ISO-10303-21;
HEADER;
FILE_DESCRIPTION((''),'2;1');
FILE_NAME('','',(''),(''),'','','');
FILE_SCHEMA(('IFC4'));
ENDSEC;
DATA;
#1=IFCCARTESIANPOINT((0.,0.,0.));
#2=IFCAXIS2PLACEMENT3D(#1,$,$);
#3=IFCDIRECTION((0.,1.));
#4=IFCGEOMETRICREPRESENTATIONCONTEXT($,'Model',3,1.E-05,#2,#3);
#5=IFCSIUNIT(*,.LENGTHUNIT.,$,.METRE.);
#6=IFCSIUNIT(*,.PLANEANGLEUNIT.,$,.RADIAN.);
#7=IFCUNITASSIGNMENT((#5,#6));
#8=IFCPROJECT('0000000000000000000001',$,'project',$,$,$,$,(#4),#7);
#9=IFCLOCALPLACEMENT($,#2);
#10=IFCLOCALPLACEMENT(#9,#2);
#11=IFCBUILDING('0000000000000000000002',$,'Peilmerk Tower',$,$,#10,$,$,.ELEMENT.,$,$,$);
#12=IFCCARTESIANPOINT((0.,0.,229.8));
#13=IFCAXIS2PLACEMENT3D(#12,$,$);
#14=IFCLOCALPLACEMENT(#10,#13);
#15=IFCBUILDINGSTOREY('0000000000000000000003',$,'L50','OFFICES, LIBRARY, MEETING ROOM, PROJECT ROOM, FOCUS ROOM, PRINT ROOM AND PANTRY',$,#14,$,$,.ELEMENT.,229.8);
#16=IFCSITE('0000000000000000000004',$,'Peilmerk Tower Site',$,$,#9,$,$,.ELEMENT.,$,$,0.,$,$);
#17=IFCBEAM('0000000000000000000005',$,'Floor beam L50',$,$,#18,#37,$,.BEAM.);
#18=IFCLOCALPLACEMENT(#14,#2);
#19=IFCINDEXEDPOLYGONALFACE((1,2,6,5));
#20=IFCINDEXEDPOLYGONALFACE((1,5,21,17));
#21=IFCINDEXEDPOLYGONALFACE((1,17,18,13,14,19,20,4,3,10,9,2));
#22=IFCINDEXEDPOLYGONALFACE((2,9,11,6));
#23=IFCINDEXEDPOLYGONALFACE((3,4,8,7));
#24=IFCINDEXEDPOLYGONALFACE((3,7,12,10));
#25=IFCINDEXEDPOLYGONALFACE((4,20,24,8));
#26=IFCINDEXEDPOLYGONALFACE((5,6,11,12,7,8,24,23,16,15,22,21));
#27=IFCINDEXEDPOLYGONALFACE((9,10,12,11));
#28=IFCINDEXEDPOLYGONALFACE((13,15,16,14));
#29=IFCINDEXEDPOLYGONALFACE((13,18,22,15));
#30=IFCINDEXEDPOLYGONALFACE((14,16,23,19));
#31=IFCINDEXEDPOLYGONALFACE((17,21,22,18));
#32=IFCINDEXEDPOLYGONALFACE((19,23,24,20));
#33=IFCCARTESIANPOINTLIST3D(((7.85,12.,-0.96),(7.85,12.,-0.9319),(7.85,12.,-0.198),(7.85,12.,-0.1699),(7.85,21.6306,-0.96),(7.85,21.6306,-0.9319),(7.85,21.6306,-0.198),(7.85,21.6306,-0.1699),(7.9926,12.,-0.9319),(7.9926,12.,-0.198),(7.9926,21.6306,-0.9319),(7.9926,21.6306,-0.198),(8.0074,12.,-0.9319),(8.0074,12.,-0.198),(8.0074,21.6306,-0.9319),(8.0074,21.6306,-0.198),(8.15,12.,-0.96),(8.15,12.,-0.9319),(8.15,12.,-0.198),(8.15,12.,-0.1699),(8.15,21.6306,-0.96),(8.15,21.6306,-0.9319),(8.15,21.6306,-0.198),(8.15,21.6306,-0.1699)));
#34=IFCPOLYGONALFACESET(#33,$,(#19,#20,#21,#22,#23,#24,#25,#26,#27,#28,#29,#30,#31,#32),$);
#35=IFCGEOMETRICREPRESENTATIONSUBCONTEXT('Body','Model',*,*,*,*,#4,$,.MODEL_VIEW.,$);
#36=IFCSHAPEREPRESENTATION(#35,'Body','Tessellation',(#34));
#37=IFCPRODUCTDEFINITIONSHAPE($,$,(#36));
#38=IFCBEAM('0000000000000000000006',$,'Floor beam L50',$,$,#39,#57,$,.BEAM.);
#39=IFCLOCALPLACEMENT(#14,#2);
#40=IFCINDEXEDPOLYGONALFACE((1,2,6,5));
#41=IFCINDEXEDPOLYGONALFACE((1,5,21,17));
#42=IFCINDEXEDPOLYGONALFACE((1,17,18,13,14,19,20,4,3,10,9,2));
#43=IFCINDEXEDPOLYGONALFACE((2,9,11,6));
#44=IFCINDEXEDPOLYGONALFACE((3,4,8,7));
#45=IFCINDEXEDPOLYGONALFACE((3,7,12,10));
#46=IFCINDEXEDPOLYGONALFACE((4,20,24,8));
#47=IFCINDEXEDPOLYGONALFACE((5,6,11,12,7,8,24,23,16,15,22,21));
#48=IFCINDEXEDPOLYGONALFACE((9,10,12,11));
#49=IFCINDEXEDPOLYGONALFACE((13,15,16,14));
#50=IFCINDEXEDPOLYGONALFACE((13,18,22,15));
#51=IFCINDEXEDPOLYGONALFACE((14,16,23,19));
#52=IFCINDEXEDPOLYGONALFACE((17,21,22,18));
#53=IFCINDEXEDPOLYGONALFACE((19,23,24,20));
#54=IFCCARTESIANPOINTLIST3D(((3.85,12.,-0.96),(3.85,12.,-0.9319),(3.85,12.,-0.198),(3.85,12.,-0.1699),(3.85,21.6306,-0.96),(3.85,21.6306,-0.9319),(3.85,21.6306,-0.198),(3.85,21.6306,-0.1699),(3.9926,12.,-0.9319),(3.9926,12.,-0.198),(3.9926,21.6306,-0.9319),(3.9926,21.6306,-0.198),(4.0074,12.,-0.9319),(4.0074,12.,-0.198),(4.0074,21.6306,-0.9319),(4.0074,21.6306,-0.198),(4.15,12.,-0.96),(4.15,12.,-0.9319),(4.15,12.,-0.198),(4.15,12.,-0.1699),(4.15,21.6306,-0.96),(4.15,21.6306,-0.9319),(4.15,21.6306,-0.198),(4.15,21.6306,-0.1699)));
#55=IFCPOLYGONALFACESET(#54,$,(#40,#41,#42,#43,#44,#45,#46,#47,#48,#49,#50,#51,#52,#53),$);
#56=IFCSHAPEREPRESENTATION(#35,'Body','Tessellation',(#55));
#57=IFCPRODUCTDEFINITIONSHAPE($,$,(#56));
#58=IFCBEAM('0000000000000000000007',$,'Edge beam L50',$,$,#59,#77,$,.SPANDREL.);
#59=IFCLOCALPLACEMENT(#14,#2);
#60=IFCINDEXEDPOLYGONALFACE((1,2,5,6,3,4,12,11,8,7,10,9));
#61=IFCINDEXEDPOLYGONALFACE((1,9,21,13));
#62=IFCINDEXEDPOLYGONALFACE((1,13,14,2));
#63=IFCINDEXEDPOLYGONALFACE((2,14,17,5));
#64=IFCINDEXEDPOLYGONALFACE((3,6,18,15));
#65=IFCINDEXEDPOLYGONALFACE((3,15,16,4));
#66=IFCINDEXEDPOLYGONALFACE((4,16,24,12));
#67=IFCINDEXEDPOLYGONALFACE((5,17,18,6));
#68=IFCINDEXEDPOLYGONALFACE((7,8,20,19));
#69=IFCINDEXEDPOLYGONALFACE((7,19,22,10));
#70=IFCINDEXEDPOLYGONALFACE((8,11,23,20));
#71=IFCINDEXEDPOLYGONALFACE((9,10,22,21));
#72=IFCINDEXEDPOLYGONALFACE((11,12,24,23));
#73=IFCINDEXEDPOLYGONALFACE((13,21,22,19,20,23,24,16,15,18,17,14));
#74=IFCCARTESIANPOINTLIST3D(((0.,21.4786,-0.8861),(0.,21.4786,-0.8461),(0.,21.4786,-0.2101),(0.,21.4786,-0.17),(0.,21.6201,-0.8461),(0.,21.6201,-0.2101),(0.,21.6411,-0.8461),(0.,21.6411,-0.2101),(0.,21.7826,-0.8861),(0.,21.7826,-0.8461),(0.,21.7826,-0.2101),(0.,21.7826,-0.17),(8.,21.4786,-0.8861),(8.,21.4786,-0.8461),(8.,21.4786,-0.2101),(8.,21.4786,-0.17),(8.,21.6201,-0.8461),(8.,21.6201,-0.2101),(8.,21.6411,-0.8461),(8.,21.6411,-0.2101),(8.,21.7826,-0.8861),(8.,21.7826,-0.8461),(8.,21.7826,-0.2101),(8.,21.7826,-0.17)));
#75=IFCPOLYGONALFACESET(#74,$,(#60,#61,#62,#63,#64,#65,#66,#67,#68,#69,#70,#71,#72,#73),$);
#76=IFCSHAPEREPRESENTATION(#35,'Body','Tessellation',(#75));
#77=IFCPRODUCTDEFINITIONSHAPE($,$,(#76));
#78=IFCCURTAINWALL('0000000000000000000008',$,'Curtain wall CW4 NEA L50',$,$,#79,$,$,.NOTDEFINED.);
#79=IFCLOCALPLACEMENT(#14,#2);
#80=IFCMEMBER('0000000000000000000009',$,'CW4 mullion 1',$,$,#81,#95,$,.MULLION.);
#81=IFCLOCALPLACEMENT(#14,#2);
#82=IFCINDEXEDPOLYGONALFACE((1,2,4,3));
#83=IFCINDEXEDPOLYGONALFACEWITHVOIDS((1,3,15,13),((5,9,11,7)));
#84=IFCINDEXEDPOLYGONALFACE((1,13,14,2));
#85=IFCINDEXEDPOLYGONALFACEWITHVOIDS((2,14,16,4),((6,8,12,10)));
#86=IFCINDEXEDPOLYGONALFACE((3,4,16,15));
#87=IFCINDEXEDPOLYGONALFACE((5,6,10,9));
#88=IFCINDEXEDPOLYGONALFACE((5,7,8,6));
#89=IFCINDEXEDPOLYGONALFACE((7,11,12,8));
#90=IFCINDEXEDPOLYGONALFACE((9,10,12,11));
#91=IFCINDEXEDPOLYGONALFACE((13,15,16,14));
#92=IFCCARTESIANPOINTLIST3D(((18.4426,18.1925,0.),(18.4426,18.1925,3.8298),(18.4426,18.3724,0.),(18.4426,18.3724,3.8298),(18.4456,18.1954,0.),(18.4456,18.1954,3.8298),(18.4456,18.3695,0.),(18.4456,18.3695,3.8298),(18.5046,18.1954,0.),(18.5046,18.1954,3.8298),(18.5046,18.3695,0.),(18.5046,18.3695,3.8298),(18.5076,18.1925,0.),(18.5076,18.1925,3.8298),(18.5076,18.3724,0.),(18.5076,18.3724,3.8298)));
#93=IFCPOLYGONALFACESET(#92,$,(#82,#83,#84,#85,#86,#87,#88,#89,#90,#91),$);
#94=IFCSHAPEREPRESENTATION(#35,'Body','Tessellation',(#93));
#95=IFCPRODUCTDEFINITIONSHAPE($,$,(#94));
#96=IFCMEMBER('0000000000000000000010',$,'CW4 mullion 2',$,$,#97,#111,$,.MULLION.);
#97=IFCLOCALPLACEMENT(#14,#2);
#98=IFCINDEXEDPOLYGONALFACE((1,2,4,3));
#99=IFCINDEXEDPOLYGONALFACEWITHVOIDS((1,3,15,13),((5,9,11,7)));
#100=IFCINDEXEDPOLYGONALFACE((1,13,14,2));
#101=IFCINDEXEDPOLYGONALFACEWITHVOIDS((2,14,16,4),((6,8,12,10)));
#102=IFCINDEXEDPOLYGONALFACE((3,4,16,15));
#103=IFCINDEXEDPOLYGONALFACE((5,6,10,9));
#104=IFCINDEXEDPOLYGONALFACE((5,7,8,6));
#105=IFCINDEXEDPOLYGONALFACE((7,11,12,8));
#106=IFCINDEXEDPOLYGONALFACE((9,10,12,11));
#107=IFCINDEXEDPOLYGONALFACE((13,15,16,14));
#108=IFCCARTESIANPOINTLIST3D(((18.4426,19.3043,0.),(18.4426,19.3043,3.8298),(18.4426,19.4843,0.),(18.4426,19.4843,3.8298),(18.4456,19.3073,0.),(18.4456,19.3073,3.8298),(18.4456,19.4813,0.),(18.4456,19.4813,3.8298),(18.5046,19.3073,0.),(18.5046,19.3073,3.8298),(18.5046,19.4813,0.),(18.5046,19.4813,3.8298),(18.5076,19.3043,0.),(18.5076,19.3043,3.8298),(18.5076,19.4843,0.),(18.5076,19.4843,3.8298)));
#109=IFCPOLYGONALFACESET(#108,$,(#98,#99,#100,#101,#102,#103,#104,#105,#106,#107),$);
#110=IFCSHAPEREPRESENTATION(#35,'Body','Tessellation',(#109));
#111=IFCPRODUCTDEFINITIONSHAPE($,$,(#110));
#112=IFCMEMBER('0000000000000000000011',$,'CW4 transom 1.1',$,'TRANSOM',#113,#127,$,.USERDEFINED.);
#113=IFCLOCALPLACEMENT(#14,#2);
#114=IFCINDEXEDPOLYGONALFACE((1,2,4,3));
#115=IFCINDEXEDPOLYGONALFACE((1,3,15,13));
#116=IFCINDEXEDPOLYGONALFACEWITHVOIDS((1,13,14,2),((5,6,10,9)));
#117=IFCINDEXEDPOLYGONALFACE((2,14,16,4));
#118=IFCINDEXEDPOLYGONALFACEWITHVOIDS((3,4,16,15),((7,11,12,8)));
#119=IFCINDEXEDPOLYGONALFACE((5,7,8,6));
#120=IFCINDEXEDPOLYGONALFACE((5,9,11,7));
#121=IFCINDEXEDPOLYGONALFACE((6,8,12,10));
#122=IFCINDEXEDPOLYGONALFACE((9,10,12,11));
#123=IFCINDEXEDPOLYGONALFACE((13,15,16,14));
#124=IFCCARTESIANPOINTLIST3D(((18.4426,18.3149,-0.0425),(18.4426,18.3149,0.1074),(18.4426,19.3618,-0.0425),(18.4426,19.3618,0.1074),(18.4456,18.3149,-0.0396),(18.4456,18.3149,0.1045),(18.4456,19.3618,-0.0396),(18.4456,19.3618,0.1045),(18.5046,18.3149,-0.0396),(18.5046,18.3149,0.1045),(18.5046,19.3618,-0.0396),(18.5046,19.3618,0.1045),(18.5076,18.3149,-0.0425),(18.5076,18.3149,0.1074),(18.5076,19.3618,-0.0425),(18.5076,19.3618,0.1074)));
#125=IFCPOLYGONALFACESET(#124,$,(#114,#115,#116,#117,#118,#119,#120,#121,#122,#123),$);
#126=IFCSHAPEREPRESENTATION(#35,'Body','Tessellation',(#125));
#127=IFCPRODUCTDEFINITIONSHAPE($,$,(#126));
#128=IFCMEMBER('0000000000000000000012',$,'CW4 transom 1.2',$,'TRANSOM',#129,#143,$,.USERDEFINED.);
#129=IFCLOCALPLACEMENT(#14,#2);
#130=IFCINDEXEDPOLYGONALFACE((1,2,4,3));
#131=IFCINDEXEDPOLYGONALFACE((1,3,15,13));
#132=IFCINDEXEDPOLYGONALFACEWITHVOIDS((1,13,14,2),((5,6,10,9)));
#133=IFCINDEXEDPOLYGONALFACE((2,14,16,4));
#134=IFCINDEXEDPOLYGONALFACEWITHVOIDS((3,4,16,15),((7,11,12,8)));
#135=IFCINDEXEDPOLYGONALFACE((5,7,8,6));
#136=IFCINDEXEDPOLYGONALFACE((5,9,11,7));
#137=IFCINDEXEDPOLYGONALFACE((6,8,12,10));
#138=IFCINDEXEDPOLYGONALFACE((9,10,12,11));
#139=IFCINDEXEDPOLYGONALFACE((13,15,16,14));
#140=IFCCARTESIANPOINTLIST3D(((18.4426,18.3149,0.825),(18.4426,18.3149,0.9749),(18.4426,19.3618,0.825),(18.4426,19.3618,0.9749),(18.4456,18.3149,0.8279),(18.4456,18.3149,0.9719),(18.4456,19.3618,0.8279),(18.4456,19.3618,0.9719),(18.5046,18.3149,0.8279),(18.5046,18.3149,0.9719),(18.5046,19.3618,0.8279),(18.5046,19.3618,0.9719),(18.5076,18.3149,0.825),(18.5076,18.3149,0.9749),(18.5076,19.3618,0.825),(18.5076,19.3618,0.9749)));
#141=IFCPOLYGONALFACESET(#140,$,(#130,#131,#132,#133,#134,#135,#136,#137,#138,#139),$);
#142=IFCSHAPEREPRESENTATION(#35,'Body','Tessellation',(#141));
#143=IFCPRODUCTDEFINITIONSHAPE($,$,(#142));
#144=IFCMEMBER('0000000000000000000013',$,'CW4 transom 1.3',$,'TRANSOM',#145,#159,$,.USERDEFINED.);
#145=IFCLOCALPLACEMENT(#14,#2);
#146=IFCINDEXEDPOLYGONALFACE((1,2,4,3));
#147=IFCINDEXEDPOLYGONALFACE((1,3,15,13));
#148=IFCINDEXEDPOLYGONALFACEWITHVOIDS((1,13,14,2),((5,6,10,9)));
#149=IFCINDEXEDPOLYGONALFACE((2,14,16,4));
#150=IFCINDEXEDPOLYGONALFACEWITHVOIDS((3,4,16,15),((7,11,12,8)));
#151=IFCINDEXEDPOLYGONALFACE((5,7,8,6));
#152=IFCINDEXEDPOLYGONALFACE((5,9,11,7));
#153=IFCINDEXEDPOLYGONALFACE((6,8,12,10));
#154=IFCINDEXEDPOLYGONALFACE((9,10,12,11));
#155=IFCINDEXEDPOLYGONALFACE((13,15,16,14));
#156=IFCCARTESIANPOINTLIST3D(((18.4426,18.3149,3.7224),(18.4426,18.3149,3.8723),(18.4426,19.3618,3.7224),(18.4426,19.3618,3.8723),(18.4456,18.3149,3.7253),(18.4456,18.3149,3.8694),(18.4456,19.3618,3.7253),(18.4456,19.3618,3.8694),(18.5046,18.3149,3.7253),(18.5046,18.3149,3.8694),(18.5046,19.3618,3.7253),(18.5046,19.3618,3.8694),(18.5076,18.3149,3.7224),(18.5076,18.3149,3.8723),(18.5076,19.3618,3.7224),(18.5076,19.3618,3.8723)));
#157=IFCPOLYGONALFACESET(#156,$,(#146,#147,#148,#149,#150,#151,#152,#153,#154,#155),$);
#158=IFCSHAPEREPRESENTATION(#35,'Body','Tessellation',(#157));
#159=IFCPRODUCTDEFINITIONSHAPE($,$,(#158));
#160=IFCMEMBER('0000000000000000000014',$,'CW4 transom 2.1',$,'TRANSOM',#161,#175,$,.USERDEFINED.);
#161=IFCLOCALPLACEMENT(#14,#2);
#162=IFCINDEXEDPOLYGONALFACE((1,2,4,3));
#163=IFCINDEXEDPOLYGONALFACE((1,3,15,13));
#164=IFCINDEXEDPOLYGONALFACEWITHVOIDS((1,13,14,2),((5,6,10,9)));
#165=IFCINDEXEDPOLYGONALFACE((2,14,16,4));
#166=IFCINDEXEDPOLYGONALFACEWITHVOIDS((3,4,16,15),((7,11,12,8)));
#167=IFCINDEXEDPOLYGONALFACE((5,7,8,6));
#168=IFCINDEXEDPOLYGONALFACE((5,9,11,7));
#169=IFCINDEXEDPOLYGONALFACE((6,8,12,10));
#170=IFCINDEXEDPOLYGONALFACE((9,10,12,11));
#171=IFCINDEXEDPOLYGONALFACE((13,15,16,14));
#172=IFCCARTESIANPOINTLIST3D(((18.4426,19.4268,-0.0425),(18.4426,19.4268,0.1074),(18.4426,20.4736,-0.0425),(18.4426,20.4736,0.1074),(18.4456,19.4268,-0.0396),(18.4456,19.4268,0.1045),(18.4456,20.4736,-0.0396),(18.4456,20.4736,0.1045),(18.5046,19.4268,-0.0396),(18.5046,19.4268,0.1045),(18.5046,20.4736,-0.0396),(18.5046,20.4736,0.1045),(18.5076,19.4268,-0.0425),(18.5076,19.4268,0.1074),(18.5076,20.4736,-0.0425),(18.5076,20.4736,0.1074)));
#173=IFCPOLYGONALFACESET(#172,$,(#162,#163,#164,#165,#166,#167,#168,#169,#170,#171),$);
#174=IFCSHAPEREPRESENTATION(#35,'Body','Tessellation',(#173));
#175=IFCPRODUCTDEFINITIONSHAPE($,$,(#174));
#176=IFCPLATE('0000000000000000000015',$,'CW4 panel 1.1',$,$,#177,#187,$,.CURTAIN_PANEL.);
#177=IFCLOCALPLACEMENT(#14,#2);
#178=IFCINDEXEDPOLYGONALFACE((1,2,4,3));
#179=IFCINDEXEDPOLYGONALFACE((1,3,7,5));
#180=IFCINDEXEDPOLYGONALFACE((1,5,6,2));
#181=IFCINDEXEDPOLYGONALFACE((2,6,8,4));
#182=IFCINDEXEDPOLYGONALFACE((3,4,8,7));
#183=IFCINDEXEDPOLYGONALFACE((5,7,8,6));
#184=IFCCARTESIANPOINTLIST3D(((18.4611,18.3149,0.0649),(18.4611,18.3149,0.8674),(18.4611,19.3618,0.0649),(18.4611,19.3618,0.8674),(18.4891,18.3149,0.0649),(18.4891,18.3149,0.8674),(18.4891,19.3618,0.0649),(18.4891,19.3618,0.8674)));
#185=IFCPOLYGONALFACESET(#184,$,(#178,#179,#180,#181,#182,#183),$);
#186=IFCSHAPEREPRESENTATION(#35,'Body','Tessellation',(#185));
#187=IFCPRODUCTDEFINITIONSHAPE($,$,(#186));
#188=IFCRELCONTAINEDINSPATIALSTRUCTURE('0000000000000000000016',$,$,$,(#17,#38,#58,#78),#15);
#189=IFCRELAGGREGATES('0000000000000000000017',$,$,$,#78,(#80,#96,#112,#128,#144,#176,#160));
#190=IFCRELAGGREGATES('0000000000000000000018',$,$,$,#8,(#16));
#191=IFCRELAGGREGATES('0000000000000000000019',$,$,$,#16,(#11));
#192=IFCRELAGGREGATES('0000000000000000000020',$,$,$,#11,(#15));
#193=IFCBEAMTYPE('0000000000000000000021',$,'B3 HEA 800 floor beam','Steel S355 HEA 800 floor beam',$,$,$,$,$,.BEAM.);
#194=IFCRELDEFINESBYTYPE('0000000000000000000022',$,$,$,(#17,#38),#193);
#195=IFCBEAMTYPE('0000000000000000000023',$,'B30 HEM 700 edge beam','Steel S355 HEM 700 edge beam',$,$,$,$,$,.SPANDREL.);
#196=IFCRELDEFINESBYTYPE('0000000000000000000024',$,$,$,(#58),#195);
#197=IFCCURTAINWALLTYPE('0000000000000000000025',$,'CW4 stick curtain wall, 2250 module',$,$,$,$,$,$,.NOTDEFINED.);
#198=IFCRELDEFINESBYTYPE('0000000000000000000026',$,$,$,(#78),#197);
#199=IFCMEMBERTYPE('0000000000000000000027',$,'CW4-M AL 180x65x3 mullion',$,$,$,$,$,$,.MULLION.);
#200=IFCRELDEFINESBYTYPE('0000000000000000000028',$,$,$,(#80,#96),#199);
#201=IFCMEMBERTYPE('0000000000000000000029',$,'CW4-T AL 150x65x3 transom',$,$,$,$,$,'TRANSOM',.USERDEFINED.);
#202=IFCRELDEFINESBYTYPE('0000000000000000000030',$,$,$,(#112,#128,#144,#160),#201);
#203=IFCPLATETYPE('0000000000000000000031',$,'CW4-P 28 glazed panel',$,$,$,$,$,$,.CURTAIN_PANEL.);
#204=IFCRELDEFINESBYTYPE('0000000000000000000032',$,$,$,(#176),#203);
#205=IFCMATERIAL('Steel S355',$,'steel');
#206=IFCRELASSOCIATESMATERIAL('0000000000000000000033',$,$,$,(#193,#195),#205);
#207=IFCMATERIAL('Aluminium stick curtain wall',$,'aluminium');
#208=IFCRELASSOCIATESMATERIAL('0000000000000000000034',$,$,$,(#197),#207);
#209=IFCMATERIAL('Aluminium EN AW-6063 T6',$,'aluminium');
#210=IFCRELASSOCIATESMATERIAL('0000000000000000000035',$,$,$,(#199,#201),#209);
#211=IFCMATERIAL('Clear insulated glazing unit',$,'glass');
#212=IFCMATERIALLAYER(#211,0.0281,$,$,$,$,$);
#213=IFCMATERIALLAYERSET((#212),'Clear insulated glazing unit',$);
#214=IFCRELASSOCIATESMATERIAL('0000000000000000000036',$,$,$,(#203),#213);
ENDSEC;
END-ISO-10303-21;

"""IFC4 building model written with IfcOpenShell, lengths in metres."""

from ifc_helpers import new_model, si_unit, direction, frame, origin, origin_2d, place, context, subcontext, project, spatial, rectangle, hollow_rectangle, i_section, extrude, material, layer, layer_set, material_profile, profile_set, type_object, element, aggregate, save


model = new_model("IFC4")

# Units and contexts
model_context = context("Model", 3, precision=1e-05, world=origin(), true_north=direction((0.0, 1.0)))
body_context = subcontext(model_context, "Body", "Model", "MODEL_VIEW")
ifc_project = project(units=[si_unit("LENGTHUNIT", "METRE"), si_unit("PLANEANGLEUNIT", "RADIAN")], contexts=[model_context])

# Site, building, storey
site_placement = place(None, origin())
site = spatial("IfcSite", under=ifc_project, at=site_placement, Name="Peilmerk Tower Site", CompositionType="ELEMENT", RefElevation=0.0)
building_placement = place(site_placement, origin())
building = spatial("IfcBuilding", under=site, at=building_placement, Name="Peilmerk Tower", CompositionType="ELEMENT")
storey_placement = place(building_placement, frame((0.0, 0.0, 229.8)))
storey = spatial("IfcBuildingStorey", under=building, at=storey_placement, Name="L50", Description="OFFICES, LIBRARY, MEETING ROOM, PROJECT ROOM, FOCUS ROOM, PRINT ROOM AND PANTRY", CompositionType="ELEMENT", Elevation=229.8)

# Beams
ifc_material_1 = material(Name="Steel S355", Category="steel")
ifc_material_profile_1 = material_profile(ifc_material_1, i_section(OverallWidth=0.3, OverallDepth=0.79, WebThickness=0.0149, FlangeThickness=0.0281, at=origin_2d()), Name="HEA 800")
ifc_profile_set_1 = profile_set([ifc_material_profile_1], Name="Steel S355")
beam_type_1 = type_object("IfcBeamType", Name="B3 HEA 800 floor beam", Description="Steel S355 HEA 800 floor beam", PredefinedType="BEAM", material=ifc_profile_set_1)
for number, where, z_axis, x_axis, name in (
    (1, (8.0, 12.0, -0.5649), (0.0, 1.0, 0.0), (-1.0, 0.0, 0.0), "Floor beam L50"),
    (2, (4.0, 12.0, -0.5649), (0.0, 1.0, 0.0), (-1.0, 0.0, 0.0), "Floor beam L50"),
):
    element("IfcBeam", number, at=place(storey_placement, frame(where, z_axis=z_axis, x_axis=x_axis)), inside=storey, type_object=beam_type_1, Name=name, PredefinedType="BEAM", context=body_context, shape_type="SweptSolid", body=[
        extrude(i_section(OverallWidth=0.3, OverallDepth=0.79, WebThickness=0.0149, FlangeThickness=0.0281, at=origin_2d()), origin(), (0.0, 0.0, 1.0), 9.6306),
    ])
ifc_material_profile_2 = material_profile(ifc_material_1, i_section(OverallWidth=0.304, OverallDepth=0.7161, WebThickness=0.021, FlangeThickness=0.04, at=origin_2d()), Name="HEM 700")
ifc_profile_set_2 = profile_set([ifc_material_profile_2], Name="Steel S355")
beam_type_2 = type_object("IfcBeamType", Name="B30 HEM 700 edge beam", Description="Steel S355 HEM 700 edge beam", PredefinedType="SPANDREL", material=ifc_profile_set_2)
beam_1_placement = place(storey_placement, frame((8.0, 21.6306, -0.5281), z_axis=(-1.0, 0.0, 0.0), x_axis=(0.0, -1.0, 0.0)))
element("IfcBeam", 3, at=beam_1_placement, inside=storey, type_object=beam_type_2, Name="Edge beam L50", PredefinedType="SPANDREL", context=body_context, shape_type="SweptSolid", body=[
    extrude(i_section(OverallWidth=0.304, OverallDepth=0.7161, WebThickness=0.021, FlangeThickness=0.04, at=origin_2d()), origin(), (0.0, 0.0, 1.0), 8.0),
])

# Curtain wall, members, plate
ifc_material_2 = material(Name="Aluminium stick curtain wall", Category="aluminium")
curtain_wall_type = type_object("IfcCurtainWallType", Name="CW4 stick curtain wall, 2250 module", PredefinedType="NOTDEFINED", material=ifc_material_2)
curtain_wall_placement = place(storey_placement, origin())
curtain_wall = element("IfcCurtainWall", 4, at=curtain_wall_placement, inside=storey, type_object=curtain_wall_type, Name="Curtain wall CW4 NEA L50", PredefinedType="NOTDEFINED")
ifc_material_3 = material(Name="Aluminium EN AW-6063 T6", Category="aluminium")
ifc_material_profile_3 = material_profile(ifc_material_3, hollow_rectangle(XDim=0.0649, YDim=0.1799, WallThickness=0.0029, at=origin_2d()), Name="AL 180x65x3")
ifc_profile_set_3 = profile_set([ifc_material_profile_3], Name="Aluminium EN AW-6063 T6")
member_type_1 = type_object("IfcMemberType", Name="CW4-M AL 180x65x3 mullion", PredefinedType="MULLION", material=ifc_profile_set_3)
member_1_placement = place(storey_placement, frame((18.4751, 18.2825, 0.0), z_axis=(0.0, 0.0, 1.0), x_axis=(-1.0, 0.0, 0.0)))
member_1 = element("IfcMember", 5, at=member_1_placement, type_object=member_type_1, Name="CW4 mullion 1", PredefinedType="MULLION", context=body_context, shape_type="SweptSolid", body=[
    extrude(hollow_rectangle(XDim=0.0649, YDim=0.1799, WallThickness=0.0029, at=origin_2d()), origin(), (0.0, 0.0, 1.0), 3.8298),
])
member_2_placement = place(storey_placement, frame((18.4751, 19.3943, 0.0), z_axis=(0.0, 0.0, 1.0), x_axis=(-1.0, 0.0, 0.0)))
member_2 = element("IfcMember", 6, at=member_2_placement, type_object=member_type_1, Name="CW4 mullion 2", PredefinedType="MULLION", context=body_context, shape_type="SweptSolid", body=[
    extrude(hollow_rectangle(XDim=0.0649, YDim=0.1799, WallThickness=0.0029, at=origin_2d()), origin(), (0.0, 0.0, 1.0), 3.8298),
])
ifc_material_profile_4 = material_profile(ifc_material_3, hollow_rectangle(XDim=0.0649, YDim=0.1499, WallThickness=0.0029, at=origin_2d()), Name="AL 150x65x3")
ifc_profile_set_4 = profile_set([ifc_material_profile_4], Name="Aluminium EN AW-6063 T6")
member_type_2 = type_object("IfcMemberType", Name="CW4-T AL 150x65x3 transom", ElementType="TRANSOM", PredefinedType="USERDEFINED", material=ifc_profile_set_4)
member_3_placement = place(storey_placement, frame((18.4751, 18.3149, 0.0325), z_axis=(0.0, 1.0, 0.0), x_axis=(-1.0, 0.0, 0.0)))
member_3 = element("IfcMember", 7, at=member_3_placement, type_object=member_type_2, Name="CW4 transom 1.1", ObjectType="TRANSOM", PredefinedType="USERDEFINED", context=body_context, shape_type="SweptSolid", body=[
    extrude(hollow_rectangle(XDim=0.0649, YDim=0.1499, WallThickness=0.0029, at=origin_2d()), origin(), (0.0, 0.0, 1.0), 1.0469),
])
member_4_placement = place(storey_placement, frame((18.4751, 18.3149, 0.8999), z_axis=(0.0, 1.0, 0.0), x_axis=(-1.0, 0.0, 0.0)))
member_4 = element("IfcMember", 8, at=member_4_placement, type_object=member_type_2, Name="CW4 transom 1.2", ObjectType="TRANSOM", PredefinedType="USERDEFINED", context=body_context, shape_type="SweptSolid", body=[
    extrude(hollow_rectangle(XDim=0.0649, YDim=0.1499, WallThickness=0.0029, at=origin_2d()), origin(), (0.0, 0.0, 1.0), 1.0469),
])
member_5_placement = place(storey_placement, frame((18.4751, 18.3149, 3.7974), z_axis=(0.0, 1.0, 0.0), x_axis=(-1.0, 0.0, 0.0)))
member_5 = element("IfcMember", 9, at=member_5_placement, type_object=member_type_2, Name="CW4 transom 1.3", ObjectType="TRANSOM", PredefinedType="USERDEFINED", context=body_context, shape_type="SweptSolid", body=[
    extrude(hollow_rectangle(XDim=0.0649, YDim=0.1499, WallThickness=0.0029, at=origin_2d()), origin(), (0.0, 0.0, 1.0), 1.0469),
])
member_6_placement = place(storey_placement, frame((18.4751, 19.4268, 0.0325), z_axis=(0.0, 1.0, 0.0), x_axis=(-1.0, 0.0, 0.0)))
member_6 = element("IfcMember", 10, at=member_6_placement, type_object=member_type_2, Name="CW4 transom 2.1", ObjectType="TRANSOM", PredefinedType="USERDEFINED", context=body_context, shape_type="SweptSolid", body=[
    extrude(hollow_rectangle(XDim=0.0649, YDim=0.1499, WallThickness=0.0029, at=origin_2d()), origin(), (0.0, 0.0, 1.0), 1.0469),
])
ifc_material_4 = material(Name="Clear insulated glazing unit", Category="glass")
ifc_layer_1 = layer(ifc_material_4, 0.0281)
ifc_layer_set_1 = layer_set([ifc_layer_1], Name="Clear insulated glazing unit")
plate_type = type_object("IfcPlateType", Name="CW4-P 28 glazed panel", PredefinedType="CURTAIN_PANEL", material=ifc_layer_set_1)
plate_1_placement = place(storey_placement, frame((18.4751, 18.8384, 0.0649), z_axis=(0.0, 0.0, 1.0), x_axis=(0.0, 1.0, 0.0)))
plate_1 = element("IfcPlate", 11, at=plate_1_placement, type_object=plate_type, Name="CW4 panel 1.1", PredefinedType="CURTAIN_PANEL", context=body_context, shape_type="SweptSolid", body=[
    extrude(rectangle(XDim=1.0469, YDim=0.0281, at=origin_2d()), origin(), (0.0, 0.0, 1.0), 0.8025),
])
aggregate(curtain_wall, [member_1, member_2, member_3, member_4, member_5, plate_1, member_6])

save(model, "model.ifc")
